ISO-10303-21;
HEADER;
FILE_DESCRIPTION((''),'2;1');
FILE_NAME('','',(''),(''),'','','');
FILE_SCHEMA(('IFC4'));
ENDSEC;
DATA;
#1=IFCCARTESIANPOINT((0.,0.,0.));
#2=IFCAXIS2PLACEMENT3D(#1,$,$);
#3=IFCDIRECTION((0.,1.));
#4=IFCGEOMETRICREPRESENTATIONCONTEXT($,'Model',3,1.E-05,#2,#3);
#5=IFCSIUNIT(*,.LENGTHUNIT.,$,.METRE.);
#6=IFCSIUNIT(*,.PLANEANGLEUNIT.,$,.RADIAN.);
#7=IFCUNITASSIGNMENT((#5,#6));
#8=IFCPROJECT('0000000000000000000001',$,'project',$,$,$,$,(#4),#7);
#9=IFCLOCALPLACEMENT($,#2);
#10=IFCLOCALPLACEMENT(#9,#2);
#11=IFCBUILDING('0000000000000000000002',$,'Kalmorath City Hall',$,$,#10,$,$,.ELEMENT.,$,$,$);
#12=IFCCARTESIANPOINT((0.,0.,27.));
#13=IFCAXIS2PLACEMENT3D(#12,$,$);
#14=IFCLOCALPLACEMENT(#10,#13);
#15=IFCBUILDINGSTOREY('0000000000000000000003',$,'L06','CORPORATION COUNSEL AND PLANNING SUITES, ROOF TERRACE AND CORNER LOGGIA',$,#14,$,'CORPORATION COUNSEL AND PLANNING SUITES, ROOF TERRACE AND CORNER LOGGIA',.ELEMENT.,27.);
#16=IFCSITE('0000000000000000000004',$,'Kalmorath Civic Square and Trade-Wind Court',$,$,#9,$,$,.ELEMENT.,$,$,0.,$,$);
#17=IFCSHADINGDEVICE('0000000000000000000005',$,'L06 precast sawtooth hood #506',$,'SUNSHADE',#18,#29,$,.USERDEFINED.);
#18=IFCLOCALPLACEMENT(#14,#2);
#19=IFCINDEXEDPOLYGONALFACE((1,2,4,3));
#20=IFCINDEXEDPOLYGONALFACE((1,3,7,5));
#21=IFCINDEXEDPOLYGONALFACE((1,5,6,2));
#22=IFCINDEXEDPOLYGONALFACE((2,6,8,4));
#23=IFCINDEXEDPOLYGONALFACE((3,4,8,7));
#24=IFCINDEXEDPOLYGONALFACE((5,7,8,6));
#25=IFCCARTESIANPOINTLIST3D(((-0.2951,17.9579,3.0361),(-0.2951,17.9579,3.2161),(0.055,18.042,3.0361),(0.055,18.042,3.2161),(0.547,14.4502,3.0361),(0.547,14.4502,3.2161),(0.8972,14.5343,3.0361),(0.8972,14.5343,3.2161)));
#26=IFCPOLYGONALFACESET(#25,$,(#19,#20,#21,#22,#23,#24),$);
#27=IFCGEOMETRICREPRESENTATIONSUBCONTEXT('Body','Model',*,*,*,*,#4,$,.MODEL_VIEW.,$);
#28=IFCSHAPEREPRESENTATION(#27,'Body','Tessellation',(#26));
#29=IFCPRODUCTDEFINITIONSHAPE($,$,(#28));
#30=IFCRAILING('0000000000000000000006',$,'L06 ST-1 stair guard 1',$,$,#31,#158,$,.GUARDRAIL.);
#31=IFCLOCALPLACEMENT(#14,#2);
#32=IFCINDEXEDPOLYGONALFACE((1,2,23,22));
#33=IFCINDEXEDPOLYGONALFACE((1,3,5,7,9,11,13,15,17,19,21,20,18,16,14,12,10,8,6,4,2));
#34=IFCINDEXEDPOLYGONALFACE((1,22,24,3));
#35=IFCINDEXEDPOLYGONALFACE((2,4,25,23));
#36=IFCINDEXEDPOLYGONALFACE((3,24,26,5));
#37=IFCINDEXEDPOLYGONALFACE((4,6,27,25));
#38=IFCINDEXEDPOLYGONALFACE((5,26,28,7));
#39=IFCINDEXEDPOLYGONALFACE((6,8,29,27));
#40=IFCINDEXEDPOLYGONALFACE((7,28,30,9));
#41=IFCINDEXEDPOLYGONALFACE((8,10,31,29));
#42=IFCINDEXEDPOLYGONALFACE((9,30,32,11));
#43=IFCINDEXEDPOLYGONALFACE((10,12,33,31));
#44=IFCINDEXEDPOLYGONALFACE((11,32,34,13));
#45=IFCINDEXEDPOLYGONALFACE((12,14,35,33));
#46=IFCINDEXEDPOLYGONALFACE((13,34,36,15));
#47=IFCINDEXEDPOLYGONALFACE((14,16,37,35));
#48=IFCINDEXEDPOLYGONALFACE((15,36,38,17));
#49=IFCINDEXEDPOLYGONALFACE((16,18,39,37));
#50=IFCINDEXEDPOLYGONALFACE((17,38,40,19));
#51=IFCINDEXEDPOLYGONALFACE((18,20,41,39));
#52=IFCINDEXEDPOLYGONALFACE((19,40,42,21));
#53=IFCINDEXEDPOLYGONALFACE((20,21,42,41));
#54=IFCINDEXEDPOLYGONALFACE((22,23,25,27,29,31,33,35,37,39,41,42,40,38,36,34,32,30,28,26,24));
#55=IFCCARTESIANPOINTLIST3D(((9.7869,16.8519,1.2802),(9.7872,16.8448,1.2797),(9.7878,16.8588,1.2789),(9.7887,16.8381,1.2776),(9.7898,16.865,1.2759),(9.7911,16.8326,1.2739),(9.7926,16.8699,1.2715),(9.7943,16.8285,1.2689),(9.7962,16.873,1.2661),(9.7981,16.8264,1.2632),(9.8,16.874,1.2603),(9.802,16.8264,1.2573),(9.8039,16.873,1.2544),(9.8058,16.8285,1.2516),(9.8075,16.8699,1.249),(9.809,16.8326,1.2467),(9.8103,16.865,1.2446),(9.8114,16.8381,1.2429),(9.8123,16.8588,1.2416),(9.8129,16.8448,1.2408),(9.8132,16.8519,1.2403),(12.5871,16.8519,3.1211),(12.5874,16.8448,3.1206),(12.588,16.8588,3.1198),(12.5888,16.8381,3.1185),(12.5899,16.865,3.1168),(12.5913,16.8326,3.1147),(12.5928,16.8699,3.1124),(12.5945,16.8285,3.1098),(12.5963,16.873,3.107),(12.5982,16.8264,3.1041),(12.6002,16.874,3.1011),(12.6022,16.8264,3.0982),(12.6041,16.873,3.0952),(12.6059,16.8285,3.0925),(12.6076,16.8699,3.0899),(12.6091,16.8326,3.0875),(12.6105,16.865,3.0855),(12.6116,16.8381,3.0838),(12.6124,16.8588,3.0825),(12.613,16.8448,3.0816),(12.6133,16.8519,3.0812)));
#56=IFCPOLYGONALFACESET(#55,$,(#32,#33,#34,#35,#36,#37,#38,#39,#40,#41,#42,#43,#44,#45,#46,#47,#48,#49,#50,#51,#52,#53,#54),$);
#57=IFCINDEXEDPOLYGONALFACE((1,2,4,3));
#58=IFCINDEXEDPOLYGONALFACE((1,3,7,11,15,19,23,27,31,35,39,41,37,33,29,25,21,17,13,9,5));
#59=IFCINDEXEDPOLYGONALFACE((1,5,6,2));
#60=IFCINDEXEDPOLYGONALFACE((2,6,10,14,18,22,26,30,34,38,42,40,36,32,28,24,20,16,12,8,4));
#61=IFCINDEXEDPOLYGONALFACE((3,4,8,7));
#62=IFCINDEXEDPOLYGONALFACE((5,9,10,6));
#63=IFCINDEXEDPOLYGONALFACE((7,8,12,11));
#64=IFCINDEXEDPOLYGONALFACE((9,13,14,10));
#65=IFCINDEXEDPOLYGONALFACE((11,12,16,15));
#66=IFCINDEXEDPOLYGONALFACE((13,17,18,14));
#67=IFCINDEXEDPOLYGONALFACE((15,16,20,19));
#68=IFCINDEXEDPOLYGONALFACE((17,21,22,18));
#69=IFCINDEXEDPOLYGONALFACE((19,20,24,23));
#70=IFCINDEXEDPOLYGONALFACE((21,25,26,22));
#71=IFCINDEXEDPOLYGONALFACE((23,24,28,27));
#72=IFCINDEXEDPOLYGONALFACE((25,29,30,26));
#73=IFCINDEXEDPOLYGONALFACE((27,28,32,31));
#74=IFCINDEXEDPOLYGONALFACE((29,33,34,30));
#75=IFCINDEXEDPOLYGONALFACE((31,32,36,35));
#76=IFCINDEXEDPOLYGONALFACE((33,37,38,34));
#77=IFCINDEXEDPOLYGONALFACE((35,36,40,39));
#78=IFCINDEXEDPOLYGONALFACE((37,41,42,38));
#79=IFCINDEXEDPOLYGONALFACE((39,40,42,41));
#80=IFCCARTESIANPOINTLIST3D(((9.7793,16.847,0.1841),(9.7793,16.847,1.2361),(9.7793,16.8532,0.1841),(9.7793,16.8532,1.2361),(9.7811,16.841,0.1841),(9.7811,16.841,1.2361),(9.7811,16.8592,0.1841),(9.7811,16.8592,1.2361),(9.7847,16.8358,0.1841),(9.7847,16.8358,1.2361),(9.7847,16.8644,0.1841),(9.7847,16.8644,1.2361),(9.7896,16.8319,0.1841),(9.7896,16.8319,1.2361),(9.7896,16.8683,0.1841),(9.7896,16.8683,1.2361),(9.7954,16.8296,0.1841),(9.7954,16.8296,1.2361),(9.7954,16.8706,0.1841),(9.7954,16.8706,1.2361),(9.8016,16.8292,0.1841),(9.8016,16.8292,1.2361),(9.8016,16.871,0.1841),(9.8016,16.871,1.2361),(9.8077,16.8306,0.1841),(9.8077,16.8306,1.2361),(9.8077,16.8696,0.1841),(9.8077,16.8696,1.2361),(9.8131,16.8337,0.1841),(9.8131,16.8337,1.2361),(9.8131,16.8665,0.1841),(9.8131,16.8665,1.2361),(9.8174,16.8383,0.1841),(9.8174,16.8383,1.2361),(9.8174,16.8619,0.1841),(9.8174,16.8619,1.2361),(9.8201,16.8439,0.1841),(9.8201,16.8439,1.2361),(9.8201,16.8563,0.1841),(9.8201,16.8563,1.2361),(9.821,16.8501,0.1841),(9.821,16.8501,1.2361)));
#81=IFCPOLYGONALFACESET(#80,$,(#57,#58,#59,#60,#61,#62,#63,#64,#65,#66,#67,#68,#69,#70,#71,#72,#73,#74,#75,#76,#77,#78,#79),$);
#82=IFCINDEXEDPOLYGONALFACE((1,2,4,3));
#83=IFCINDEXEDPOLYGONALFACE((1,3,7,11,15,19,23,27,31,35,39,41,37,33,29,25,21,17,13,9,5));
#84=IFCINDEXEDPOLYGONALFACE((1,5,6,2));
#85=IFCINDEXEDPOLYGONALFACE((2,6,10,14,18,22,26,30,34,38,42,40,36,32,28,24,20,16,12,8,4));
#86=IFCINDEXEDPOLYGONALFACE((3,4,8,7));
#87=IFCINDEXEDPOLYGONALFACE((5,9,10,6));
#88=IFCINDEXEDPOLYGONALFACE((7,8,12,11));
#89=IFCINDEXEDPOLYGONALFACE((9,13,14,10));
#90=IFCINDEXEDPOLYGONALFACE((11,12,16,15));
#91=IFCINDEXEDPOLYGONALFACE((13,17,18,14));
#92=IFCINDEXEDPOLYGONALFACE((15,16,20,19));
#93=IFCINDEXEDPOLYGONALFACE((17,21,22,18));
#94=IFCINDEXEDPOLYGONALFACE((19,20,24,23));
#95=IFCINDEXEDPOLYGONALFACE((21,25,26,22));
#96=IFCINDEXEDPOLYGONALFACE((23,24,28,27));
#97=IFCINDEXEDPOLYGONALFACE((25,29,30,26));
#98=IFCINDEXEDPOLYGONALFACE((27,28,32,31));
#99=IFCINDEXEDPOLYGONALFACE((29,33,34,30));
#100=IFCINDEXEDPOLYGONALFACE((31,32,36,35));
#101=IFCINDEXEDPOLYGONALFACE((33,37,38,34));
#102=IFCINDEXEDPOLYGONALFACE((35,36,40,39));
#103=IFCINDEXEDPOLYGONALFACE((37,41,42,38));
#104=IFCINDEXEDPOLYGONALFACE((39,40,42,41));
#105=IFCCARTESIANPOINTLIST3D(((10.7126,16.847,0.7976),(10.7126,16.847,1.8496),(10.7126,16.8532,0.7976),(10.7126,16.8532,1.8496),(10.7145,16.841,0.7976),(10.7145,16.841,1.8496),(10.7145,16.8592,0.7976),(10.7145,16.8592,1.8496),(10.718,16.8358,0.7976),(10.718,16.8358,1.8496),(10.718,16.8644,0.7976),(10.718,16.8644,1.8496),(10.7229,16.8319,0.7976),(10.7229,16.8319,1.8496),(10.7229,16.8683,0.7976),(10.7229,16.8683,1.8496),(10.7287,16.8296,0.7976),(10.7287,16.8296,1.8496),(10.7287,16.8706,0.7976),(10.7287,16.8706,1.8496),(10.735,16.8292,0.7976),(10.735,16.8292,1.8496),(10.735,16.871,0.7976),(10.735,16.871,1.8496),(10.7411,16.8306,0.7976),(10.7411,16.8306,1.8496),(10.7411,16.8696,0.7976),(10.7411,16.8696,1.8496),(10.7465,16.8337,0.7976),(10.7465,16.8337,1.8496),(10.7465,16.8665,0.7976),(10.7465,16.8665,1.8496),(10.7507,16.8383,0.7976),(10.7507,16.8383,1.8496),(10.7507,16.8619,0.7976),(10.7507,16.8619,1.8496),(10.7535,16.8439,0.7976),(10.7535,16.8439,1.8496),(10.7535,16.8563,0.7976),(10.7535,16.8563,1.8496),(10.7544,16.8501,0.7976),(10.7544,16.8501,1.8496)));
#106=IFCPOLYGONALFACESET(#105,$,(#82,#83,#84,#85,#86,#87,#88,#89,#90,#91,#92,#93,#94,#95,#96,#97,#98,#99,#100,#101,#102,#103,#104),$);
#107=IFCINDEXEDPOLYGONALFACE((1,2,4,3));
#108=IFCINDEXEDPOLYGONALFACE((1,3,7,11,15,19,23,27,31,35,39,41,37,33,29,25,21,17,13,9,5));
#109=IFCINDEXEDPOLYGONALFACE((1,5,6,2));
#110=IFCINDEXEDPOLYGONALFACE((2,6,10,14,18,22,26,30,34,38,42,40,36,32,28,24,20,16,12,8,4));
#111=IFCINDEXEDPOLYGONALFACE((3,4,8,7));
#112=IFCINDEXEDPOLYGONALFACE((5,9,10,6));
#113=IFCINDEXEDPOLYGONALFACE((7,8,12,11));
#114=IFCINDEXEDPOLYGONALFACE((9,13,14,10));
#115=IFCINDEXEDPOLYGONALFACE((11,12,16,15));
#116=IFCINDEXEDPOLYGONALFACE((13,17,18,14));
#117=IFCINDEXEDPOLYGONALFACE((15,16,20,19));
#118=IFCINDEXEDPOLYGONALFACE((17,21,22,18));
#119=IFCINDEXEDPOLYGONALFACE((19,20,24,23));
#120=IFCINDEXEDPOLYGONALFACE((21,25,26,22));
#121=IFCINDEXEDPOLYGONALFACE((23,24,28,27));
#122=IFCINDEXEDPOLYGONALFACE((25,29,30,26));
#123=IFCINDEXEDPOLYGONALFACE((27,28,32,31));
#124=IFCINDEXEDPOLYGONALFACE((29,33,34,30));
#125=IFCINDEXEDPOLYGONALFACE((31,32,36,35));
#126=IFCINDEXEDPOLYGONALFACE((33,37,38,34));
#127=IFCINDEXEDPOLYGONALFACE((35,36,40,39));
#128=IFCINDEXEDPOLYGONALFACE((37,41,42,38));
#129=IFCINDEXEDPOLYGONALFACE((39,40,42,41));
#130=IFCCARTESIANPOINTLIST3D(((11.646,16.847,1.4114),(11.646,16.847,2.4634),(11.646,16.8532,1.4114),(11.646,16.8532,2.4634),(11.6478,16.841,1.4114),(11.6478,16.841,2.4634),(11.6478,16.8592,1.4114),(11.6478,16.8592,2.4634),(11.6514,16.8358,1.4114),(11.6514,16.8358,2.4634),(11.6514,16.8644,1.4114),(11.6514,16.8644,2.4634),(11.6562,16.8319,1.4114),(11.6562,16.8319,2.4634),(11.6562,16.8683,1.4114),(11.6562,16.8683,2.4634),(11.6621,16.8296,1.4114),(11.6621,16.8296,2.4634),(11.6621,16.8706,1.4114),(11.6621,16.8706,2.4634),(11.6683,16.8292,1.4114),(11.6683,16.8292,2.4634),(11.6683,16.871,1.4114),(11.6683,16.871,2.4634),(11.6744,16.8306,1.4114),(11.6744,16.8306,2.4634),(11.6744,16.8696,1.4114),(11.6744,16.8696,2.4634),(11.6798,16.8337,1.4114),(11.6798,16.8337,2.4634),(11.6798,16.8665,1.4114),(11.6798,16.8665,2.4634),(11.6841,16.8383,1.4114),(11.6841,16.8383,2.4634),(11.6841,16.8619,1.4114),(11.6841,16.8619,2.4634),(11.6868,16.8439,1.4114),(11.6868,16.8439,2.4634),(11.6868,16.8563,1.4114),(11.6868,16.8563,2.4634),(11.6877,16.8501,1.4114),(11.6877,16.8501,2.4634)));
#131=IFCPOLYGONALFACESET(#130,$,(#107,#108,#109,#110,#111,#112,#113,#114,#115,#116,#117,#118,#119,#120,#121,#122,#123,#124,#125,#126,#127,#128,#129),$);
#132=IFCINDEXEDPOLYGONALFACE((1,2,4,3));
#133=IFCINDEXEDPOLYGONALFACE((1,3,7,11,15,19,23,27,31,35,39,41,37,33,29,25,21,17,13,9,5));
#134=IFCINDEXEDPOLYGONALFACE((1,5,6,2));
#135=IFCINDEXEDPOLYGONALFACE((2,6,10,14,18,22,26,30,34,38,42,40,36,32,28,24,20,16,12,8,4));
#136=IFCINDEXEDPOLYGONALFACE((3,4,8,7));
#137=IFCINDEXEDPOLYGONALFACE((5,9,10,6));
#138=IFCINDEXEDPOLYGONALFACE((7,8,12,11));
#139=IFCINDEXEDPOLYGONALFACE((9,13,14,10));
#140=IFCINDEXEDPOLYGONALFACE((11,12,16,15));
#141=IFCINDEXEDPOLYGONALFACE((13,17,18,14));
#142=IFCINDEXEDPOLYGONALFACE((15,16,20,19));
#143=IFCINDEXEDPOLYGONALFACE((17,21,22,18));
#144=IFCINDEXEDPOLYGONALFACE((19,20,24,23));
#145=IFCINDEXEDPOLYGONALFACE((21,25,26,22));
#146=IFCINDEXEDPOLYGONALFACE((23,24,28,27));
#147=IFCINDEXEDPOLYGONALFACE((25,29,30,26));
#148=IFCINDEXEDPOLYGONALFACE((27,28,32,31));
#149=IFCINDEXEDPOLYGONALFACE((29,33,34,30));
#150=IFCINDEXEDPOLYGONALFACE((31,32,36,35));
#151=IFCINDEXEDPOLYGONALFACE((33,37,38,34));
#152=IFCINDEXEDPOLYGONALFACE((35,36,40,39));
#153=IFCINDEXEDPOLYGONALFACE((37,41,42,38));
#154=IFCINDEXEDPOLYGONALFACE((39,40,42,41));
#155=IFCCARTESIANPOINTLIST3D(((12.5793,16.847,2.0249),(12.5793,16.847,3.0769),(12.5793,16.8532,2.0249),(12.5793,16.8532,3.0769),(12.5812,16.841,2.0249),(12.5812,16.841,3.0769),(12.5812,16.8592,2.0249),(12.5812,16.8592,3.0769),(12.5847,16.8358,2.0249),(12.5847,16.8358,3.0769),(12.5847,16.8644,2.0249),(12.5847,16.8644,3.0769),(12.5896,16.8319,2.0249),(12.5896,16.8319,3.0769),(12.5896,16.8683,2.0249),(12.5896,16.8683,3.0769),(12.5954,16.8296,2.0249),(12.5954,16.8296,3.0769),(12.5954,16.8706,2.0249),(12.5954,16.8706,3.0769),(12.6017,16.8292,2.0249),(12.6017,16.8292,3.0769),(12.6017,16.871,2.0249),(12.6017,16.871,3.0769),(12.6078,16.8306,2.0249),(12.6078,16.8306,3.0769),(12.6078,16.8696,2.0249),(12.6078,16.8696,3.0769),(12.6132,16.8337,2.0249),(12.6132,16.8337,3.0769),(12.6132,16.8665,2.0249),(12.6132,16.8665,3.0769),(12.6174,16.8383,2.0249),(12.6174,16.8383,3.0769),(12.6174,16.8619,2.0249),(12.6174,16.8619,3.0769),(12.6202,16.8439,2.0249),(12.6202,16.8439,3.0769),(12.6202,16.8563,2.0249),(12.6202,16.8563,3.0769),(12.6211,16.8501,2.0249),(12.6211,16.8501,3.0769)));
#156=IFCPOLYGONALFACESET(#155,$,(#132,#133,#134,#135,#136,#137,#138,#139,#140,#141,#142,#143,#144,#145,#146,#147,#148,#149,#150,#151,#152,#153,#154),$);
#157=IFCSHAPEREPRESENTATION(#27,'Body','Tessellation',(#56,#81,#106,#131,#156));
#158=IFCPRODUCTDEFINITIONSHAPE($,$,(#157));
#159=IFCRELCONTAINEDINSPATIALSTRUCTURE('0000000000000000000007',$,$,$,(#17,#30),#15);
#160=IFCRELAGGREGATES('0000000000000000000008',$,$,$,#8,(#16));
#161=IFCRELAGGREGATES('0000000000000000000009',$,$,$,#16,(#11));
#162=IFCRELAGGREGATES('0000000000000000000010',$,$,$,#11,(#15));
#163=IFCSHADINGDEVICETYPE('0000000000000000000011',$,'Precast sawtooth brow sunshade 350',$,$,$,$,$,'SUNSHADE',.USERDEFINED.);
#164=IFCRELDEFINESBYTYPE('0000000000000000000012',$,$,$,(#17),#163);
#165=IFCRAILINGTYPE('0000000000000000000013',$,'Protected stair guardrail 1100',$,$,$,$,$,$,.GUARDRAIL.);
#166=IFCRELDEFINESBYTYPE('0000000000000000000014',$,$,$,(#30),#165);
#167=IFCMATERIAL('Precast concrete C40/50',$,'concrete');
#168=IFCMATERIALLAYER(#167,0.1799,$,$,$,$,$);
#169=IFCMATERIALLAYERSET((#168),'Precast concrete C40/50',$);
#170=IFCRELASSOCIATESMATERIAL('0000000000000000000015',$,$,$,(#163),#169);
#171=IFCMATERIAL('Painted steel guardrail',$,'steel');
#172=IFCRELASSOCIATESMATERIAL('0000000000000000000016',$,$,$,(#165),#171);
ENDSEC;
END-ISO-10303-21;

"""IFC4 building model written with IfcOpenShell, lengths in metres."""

from ifc_helpers import new_model, si_unit, direction, frame, origin, origin_2d, place, context, subcontext, project, spatial, rectangle, circle, extrude, material, layer, layer_set, type_object, element, save


model = new_model("IFC4")

# Units and contexts
model_context = context("Model", 3, precision=1e-05, world=origin(), true_north=direction((0.0, 1.0)))
body_context = subcontext(model_context, "Body", "Model", "MODEL_VIEW")
ifc_project = project(units=[si_unit("LENGTHUNIT", "METRE"), si_unit("PLANEANGLEUNIT", "RADIAN")], contexts=[model_context])

# Site, building, storey
site_placement = place(None, origin())
site = spatial("IfcSite", under=ifc_project, at=site_placement, Name="Kalmorath Civic Square and Trade-Wind Court", CompositionType="ELEMENT", RefElevation=0.0)
building_placement = place(site_placement, origin())
building = spatial("IfcBuilding", under=site, at=building_placement, Name="Kalmorath City Hall", CompositionType="ELEMENT")
storey_placement = place(building_placement, frame((0.0, 0.0, 27.0)))
storey = spatial("IfcBuildingStorey", under=building, at=storey_placement, Name="L06", Description="CORPORATION COUNSEL AND PLANNING SUITES, ROOF TERRACE AND CORNER LOGGIA", LongName="CORPORATION COUNSEL AND PLANNING SUITES, ROOF TERRACE AND CORNER LOGGIA", CompositionType="ELEMENT", Elevation=27.0)

# Shading device
ifc_material_1 = material(Name="Precast concrete C40/50", Category="concrete")
ifc_layer_1 = layer(ifc_material_1, 0.1799)
ifc_layer_set_1 = layer_set([ifc_layer_1], Name="Precast concrete C40/50")
shading_device_type = type_object("IfcShadingDeviceType", Name="Precast sawtooth brow sunshade 350", ElementType="SUNSHADE", PredefinedType="USERDEFINED", material=ifc_layer_set_1)
shading_device_placement = place(storey_placement, frame((0.301, 16.2461, 3.0361), z_axis=(0.0, 0.0, 1.0), x_axis=(0.233445, -0.97237, 0.0)))
element("IfcShadingDevice", 1, at=shading_device_placement, inside=storey, type_object=shading_device_type, Name="L06 precast sawtooth hood #506", ObjectType="SUNSHADE", PredefinedType="USERDEFINED", context=body_context, shape_type="SweptSolid", body=[
    extrude(rectangle(XDim=3.6074, YDim=0.3601, at=origin_2d()), origin(), (0.0, 0.0, 1.0), 0.1799),
])

# Railing
ifc_material_2 = material(Name="Painted steel guardrail", Category="steel")
railing_type_1 = type_object("IfcRailingType", Name="Protected stair guardrail 1100", PredefinedType="GUARDRAIL", material=ifc_material_2)
railing_1_placement = place(storey_placement, frame((9.8, 16.8501, 0.1841)))
element("IfcRailing", 2, at=railing_1_placement, inside=storey, type_object=railing_type_1, Name="L06 ST-1 stair guard 1", PredefinedType="GUARDRAIL", context=body_context, shape_type="SweptSolid", body=[
    extrude(circle(Radius=0.0239, at=origin_2d()), frame((0.0, 0.0, 1.0762), z_axis=(0.835598, 0.0, 0.549342), x_axis=(0.0, 1.0, 0.0)), (0.0, 0.0, 1.0), 3.3511),
    extrude(circle(Radius=0.021, at=origin_2d()), origin(), (0.0, 0.0, 1.0), 1.052),
    extrude(circle(Radius=0.021, at=origin_2d()), frame((0.9333, 0.0, 0.6135)), (0.0, 0.0, 1.0), 1.052),
    extrude(circle(Radius=0.021, at=origin_2d()), frame((1.8667, 0.0, 1.2273)), (0.0, 0.0, 1.0), 1.052),
    extrude(circle(Radius=0.021, at=origin_2d()), frame((2.8, 0.0, 1.8408)), (0.0, 0.0, 1.0), 1.052),
])

save(model, "model.ifc")
